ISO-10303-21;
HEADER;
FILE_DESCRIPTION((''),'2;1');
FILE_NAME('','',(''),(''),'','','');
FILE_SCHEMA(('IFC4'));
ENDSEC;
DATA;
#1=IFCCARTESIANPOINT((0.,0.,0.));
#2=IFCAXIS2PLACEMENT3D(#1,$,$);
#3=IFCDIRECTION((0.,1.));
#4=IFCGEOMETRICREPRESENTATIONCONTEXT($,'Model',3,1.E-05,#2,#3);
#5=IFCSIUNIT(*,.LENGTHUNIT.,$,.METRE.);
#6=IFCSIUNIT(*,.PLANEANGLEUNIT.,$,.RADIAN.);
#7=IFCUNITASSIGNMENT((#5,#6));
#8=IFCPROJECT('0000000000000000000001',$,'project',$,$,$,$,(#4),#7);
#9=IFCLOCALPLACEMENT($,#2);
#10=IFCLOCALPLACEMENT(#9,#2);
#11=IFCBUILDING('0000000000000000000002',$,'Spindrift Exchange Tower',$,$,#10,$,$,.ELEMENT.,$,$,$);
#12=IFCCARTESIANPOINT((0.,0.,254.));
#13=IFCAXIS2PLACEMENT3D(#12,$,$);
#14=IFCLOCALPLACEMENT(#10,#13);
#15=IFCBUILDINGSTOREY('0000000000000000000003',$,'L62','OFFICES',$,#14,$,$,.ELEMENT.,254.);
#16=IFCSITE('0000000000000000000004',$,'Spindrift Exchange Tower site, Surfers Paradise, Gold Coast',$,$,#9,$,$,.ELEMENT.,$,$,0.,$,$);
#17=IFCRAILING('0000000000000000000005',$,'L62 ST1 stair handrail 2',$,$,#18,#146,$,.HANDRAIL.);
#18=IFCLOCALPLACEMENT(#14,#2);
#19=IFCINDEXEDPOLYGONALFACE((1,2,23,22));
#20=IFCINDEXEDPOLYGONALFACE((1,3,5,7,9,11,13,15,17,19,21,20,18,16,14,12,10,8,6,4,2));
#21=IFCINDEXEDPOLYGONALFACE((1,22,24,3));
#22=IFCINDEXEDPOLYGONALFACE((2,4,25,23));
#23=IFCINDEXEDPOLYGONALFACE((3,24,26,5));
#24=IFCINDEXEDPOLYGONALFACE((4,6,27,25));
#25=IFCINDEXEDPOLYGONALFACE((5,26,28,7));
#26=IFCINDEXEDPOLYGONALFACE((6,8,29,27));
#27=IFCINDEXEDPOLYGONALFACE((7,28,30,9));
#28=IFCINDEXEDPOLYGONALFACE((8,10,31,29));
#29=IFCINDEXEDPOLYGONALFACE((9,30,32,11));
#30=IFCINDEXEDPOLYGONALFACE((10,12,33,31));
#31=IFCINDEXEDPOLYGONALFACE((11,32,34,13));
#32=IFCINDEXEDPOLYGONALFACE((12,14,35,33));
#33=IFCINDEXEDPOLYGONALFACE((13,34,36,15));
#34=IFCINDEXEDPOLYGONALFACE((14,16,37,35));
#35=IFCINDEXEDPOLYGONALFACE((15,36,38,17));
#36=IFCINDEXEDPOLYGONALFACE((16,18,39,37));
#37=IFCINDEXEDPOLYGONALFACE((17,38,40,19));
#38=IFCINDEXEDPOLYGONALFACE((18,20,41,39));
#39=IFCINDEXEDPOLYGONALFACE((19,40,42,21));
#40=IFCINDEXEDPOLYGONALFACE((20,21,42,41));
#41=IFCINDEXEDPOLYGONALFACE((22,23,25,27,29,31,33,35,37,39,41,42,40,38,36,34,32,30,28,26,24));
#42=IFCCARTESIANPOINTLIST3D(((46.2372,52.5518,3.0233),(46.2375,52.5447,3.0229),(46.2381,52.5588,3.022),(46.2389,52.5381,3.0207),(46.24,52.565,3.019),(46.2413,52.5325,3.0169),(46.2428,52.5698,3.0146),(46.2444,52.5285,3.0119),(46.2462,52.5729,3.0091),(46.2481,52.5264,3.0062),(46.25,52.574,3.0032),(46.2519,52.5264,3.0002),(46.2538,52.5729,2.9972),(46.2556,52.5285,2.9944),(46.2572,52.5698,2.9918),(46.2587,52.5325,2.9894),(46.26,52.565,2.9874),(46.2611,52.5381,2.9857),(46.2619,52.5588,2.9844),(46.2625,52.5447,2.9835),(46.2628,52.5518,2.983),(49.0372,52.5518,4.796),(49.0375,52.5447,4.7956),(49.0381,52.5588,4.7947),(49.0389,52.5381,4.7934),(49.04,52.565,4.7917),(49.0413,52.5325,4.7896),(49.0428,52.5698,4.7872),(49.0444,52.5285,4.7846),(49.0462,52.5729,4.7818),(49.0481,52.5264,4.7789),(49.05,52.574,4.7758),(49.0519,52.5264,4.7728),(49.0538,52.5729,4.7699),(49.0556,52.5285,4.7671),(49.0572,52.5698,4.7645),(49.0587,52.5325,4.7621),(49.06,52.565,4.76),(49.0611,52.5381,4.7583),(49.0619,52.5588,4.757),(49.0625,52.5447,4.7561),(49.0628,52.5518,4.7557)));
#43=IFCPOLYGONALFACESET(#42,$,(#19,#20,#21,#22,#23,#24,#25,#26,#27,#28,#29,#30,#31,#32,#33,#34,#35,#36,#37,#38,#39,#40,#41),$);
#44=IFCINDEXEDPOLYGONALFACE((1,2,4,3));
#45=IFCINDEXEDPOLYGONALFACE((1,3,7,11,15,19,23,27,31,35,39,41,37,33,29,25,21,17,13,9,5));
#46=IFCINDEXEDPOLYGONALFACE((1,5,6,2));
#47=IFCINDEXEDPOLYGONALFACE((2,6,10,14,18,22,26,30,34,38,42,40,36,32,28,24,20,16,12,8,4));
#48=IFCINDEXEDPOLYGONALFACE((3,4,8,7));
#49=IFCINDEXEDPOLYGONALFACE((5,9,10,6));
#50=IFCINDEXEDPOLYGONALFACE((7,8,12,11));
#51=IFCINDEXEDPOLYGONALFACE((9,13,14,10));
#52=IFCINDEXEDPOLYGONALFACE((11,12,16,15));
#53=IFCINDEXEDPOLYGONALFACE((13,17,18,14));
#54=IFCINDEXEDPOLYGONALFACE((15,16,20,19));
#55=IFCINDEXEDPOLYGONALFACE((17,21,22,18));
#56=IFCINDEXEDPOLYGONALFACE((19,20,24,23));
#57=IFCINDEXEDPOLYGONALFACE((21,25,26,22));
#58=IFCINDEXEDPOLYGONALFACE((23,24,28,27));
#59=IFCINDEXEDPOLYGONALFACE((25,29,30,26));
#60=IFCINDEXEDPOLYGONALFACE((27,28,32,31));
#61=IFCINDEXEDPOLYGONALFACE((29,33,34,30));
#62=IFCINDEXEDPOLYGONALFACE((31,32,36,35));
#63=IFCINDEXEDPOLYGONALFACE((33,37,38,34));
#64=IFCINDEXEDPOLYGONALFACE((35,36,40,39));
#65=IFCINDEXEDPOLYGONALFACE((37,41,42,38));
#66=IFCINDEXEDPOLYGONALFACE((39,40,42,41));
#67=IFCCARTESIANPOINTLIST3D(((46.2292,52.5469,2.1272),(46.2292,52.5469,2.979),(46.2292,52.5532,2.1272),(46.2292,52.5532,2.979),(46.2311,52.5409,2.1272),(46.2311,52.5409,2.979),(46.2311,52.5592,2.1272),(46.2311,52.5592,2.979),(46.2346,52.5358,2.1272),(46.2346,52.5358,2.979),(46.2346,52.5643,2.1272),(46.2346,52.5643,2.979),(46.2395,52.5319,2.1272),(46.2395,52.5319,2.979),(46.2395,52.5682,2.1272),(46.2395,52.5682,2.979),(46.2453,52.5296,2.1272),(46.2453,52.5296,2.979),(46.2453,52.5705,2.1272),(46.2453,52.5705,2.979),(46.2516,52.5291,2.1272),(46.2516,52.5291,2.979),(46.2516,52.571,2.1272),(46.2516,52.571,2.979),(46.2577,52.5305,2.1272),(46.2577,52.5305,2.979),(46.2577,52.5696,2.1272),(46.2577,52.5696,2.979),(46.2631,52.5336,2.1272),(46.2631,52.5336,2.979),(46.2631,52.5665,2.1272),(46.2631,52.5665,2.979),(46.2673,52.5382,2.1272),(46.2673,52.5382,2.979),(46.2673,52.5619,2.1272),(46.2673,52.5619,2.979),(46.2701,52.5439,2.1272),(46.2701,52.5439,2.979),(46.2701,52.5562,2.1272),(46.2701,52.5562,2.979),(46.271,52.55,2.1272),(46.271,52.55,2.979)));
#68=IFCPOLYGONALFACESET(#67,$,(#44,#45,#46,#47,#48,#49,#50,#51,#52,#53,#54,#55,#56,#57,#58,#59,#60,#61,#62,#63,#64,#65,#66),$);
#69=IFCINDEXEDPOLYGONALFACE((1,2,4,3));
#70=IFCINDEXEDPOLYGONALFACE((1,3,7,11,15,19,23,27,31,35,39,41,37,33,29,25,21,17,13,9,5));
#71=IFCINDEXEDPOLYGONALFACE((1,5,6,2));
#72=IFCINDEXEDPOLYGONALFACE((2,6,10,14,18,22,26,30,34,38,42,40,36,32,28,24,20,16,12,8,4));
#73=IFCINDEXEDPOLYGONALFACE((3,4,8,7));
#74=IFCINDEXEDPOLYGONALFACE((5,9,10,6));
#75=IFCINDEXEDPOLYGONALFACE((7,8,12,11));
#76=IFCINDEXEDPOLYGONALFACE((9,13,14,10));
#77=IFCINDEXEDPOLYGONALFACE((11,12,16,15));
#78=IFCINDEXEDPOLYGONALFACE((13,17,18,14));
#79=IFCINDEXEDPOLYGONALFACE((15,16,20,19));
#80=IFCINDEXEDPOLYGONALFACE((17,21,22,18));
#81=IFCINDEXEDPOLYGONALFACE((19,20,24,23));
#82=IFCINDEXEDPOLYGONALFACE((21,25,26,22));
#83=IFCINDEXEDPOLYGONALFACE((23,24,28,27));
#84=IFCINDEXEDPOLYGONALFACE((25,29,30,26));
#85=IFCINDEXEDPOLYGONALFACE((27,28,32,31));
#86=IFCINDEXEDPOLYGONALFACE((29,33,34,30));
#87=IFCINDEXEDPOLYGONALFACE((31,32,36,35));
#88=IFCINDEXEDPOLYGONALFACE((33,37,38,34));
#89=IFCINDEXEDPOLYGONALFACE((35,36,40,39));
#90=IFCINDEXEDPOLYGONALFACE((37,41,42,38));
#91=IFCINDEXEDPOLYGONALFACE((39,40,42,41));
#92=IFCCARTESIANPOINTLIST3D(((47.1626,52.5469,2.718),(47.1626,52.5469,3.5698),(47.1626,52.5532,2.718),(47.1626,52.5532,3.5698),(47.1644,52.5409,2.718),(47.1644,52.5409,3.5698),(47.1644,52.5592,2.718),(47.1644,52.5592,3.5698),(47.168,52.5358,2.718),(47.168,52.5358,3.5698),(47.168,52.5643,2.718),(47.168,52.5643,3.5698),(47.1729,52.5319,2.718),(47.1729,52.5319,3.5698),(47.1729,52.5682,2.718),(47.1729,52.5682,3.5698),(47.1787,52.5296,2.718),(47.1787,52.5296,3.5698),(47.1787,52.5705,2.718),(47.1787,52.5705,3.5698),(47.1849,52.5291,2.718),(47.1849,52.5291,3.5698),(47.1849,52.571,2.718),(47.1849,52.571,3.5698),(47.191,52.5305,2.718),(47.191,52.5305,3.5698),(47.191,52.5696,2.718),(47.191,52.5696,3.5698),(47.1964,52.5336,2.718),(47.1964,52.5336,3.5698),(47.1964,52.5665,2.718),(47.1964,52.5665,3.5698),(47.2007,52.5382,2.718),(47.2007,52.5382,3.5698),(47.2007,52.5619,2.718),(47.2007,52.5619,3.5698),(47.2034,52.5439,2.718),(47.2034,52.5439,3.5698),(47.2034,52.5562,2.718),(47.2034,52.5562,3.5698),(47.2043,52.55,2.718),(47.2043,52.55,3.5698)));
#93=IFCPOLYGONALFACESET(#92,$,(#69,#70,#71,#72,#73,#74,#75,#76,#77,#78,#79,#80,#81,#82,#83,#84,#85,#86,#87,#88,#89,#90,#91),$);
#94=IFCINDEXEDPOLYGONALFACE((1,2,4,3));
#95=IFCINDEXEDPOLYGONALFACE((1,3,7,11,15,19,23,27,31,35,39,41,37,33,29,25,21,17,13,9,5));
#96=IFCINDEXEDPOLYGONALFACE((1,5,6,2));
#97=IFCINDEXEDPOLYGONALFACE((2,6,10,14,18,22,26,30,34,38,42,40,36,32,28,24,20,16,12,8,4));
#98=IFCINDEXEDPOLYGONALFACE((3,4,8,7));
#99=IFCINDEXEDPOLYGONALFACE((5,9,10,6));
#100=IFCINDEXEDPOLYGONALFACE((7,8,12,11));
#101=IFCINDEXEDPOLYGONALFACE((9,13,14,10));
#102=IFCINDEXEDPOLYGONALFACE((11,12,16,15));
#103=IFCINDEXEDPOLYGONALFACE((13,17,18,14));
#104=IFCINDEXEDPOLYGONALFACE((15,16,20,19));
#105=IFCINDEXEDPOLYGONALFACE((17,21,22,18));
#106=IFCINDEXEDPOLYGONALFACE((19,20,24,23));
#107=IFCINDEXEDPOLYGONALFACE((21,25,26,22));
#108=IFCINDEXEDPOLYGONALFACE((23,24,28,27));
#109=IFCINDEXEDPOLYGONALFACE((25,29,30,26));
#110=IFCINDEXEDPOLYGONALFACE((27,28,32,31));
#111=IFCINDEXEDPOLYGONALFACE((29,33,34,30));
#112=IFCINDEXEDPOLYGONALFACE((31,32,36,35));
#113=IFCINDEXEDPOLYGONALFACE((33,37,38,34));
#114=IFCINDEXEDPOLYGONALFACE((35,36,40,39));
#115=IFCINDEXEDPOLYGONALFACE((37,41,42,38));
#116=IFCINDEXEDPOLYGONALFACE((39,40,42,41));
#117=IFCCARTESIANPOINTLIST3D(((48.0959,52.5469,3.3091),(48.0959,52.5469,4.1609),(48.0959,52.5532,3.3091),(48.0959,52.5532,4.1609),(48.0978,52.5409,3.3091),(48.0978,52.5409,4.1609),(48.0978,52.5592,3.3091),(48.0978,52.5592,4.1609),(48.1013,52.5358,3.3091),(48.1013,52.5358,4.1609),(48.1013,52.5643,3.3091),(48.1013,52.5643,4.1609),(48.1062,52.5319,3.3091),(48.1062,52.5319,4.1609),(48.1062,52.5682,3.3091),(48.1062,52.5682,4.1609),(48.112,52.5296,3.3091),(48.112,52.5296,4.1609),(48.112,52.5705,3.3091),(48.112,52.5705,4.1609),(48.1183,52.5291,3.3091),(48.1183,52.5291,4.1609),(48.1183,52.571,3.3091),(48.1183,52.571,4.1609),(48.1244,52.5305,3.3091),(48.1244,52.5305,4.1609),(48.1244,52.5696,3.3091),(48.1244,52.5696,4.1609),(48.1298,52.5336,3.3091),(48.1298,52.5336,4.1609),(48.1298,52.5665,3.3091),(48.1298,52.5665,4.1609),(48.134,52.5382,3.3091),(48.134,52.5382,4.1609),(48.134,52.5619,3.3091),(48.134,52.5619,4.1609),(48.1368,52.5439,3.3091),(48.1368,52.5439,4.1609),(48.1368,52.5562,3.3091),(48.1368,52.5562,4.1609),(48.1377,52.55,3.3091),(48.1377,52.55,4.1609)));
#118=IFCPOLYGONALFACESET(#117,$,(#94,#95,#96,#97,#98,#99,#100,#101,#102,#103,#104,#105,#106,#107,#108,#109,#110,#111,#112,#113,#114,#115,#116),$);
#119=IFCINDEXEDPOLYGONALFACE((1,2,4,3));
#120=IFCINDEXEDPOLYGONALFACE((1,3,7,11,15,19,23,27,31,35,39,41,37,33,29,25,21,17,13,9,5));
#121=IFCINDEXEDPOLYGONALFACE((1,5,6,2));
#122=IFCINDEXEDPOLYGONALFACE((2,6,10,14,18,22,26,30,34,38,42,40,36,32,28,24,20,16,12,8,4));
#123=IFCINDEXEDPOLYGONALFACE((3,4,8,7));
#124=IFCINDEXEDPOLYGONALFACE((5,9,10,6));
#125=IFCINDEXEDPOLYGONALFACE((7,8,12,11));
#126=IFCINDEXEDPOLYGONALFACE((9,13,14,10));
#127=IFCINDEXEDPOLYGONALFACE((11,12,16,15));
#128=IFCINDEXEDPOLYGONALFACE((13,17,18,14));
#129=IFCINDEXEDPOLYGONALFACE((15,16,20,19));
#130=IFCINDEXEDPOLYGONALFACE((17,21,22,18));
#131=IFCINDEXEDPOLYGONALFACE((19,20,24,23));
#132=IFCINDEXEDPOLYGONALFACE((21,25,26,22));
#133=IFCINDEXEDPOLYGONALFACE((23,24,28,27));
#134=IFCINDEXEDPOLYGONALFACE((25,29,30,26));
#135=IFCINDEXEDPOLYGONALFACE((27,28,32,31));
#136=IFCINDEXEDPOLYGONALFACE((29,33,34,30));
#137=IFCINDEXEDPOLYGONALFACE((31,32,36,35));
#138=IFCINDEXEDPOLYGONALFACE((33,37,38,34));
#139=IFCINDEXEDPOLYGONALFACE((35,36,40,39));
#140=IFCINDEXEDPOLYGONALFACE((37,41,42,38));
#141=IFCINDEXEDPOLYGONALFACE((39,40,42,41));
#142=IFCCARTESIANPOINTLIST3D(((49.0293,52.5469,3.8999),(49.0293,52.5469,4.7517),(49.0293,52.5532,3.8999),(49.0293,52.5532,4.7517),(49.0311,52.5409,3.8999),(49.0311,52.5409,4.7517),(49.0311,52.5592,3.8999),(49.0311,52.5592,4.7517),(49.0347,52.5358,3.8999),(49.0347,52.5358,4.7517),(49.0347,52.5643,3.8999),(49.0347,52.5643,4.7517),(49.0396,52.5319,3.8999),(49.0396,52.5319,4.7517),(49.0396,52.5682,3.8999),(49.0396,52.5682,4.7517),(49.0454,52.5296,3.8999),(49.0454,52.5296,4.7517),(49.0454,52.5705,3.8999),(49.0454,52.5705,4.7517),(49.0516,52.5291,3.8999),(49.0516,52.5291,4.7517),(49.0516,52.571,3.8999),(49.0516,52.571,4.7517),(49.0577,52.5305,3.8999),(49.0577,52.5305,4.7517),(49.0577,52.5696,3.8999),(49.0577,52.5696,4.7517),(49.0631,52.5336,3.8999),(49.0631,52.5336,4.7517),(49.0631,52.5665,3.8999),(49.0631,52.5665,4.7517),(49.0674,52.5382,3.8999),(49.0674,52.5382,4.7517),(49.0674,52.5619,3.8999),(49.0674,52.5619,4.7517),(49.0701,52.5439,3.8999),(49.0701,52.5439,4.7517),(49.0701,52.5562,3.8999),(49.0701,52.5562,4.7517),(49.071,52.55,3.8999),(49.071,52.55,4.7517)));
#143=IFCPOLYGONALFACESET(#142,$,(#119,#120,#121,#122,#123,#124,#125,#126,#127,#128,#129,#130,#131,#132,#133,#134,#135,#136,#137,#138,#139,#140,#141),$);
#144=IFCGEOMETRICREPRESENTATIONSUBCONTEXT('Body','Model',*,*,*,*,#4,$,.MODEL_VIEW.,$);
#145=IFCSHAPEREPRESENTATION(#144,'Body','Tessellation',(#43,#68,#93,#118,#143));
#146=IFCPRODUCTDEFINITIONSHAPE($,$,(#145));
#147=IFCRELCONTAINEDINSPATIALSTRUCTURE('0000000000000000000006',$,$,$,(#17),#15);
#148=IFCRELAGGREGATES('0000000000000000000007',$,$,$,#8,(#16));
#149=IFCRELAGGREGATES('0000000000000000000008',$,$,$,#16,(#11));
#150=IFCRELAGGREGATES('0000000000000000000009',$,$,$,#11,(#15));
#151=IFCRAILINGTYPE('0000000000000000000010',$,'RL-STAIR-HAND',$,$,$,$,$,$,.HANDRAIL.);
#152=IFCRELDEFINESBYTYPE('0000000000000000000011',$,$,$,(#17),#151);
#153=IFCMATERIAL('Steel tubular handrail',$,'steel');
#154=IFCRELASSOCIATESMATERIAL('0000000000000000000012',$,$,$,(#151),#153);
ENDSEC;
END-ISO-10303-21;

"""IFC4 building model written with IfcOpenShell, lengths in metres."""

from ifc_helpers import new_model, si_unit, direction, frame, origin, origin_2d, place, context, subcontext, project, spatial, circle, extrude, material, type_object, element, save


model = new_model("IFC4")

# Units and contexts
model_context = context("Model", 3, precision=1e-05, world=origin(), true_north=direction((0.0, 1.0)))
body_context = subcontext(model_context, "Body", "Model", "MODEL_VIEW")
ifc_project = project(units=[si_unit("LENGTHUNIT", "METRE"), si_unit("PLANEANGLEUNIT", "RADIAN")], contexts=[model_context])

# Site, building, storey
site_placement = place(None, origin())
site = spatial("IfcSite", under=ifc_project, at=site_placement, Name="Spindrift Exchange Tower site, Surfers Paradise, Gold Coast", CompositionType="ELEMENT", RefElevation=0.0)
building_placement = place(site_placement, origin())
building = spatial("IfcBuilding", under=site, at=building_placement, Name="Spindrift Exchange Tower", CompositionType="ELEMENT")
storey_placement = place(building_placement, frame((0.0, 0.0, 254.0)))
storey = spatial("IfcBuildingStorey", under=building, at=storey_placement, Name="L62", Description="OFFICES", CompositionType="ELEMENT", Elevation=254.0)

# Railing
ifc_material_1 = material(Name="Steel tubular handrail", Category="steel")
railing_type_1 = type_object("IfcRailingType", Name="RL-STAIR-HAND", PredefinedType="HANDRAIL", material=ifc_material_1)
railing_1_placement = place(storey_placement, frame((46.25, 52.55, 2.1272)))
element("IfcRailing", 1, at=railing_1_placement, inside=storey, type_object=railing_type_1, Name="L62 ST1 stair handrail 2", PredefinedType="HANDRAIL", context=body_context, shape_type="SweptSolid", body=[
    extrude(circle(Radius=0.0239, at=origin_2d()), frame((0.0, 0.0, 0.876), z_axis=(0.844909, 0.0, 0.53491), x_axis=(0.0, 1.0, 0.0)), (0.0, 0.0, 1.0), 3.314),
    extrude(circle(Radius=0.021, at=origin_2d()), origin(), (0.0, 0.0, 1.0), 0.8518),
    extrude(circle(Radius=0.021, at=origin_2d()), frame((0.9333, 0.0, 0.5908)), (0.0, 0.0, 1.0), 0.8518),
    extrude(circle(Radius=0.021, at=origin_2d()), frame((1.8667, 0.0, 1.1819)), (0.0, 0.0, 1.0), 0.8518),
    extrude(circle(Radius=0.021, at=origin_2d()), frame((2.8, 0.0, 1.7727)), (0.0, 0.0, 1.0), 0.8518),
])

save(model, "model.ifc")
